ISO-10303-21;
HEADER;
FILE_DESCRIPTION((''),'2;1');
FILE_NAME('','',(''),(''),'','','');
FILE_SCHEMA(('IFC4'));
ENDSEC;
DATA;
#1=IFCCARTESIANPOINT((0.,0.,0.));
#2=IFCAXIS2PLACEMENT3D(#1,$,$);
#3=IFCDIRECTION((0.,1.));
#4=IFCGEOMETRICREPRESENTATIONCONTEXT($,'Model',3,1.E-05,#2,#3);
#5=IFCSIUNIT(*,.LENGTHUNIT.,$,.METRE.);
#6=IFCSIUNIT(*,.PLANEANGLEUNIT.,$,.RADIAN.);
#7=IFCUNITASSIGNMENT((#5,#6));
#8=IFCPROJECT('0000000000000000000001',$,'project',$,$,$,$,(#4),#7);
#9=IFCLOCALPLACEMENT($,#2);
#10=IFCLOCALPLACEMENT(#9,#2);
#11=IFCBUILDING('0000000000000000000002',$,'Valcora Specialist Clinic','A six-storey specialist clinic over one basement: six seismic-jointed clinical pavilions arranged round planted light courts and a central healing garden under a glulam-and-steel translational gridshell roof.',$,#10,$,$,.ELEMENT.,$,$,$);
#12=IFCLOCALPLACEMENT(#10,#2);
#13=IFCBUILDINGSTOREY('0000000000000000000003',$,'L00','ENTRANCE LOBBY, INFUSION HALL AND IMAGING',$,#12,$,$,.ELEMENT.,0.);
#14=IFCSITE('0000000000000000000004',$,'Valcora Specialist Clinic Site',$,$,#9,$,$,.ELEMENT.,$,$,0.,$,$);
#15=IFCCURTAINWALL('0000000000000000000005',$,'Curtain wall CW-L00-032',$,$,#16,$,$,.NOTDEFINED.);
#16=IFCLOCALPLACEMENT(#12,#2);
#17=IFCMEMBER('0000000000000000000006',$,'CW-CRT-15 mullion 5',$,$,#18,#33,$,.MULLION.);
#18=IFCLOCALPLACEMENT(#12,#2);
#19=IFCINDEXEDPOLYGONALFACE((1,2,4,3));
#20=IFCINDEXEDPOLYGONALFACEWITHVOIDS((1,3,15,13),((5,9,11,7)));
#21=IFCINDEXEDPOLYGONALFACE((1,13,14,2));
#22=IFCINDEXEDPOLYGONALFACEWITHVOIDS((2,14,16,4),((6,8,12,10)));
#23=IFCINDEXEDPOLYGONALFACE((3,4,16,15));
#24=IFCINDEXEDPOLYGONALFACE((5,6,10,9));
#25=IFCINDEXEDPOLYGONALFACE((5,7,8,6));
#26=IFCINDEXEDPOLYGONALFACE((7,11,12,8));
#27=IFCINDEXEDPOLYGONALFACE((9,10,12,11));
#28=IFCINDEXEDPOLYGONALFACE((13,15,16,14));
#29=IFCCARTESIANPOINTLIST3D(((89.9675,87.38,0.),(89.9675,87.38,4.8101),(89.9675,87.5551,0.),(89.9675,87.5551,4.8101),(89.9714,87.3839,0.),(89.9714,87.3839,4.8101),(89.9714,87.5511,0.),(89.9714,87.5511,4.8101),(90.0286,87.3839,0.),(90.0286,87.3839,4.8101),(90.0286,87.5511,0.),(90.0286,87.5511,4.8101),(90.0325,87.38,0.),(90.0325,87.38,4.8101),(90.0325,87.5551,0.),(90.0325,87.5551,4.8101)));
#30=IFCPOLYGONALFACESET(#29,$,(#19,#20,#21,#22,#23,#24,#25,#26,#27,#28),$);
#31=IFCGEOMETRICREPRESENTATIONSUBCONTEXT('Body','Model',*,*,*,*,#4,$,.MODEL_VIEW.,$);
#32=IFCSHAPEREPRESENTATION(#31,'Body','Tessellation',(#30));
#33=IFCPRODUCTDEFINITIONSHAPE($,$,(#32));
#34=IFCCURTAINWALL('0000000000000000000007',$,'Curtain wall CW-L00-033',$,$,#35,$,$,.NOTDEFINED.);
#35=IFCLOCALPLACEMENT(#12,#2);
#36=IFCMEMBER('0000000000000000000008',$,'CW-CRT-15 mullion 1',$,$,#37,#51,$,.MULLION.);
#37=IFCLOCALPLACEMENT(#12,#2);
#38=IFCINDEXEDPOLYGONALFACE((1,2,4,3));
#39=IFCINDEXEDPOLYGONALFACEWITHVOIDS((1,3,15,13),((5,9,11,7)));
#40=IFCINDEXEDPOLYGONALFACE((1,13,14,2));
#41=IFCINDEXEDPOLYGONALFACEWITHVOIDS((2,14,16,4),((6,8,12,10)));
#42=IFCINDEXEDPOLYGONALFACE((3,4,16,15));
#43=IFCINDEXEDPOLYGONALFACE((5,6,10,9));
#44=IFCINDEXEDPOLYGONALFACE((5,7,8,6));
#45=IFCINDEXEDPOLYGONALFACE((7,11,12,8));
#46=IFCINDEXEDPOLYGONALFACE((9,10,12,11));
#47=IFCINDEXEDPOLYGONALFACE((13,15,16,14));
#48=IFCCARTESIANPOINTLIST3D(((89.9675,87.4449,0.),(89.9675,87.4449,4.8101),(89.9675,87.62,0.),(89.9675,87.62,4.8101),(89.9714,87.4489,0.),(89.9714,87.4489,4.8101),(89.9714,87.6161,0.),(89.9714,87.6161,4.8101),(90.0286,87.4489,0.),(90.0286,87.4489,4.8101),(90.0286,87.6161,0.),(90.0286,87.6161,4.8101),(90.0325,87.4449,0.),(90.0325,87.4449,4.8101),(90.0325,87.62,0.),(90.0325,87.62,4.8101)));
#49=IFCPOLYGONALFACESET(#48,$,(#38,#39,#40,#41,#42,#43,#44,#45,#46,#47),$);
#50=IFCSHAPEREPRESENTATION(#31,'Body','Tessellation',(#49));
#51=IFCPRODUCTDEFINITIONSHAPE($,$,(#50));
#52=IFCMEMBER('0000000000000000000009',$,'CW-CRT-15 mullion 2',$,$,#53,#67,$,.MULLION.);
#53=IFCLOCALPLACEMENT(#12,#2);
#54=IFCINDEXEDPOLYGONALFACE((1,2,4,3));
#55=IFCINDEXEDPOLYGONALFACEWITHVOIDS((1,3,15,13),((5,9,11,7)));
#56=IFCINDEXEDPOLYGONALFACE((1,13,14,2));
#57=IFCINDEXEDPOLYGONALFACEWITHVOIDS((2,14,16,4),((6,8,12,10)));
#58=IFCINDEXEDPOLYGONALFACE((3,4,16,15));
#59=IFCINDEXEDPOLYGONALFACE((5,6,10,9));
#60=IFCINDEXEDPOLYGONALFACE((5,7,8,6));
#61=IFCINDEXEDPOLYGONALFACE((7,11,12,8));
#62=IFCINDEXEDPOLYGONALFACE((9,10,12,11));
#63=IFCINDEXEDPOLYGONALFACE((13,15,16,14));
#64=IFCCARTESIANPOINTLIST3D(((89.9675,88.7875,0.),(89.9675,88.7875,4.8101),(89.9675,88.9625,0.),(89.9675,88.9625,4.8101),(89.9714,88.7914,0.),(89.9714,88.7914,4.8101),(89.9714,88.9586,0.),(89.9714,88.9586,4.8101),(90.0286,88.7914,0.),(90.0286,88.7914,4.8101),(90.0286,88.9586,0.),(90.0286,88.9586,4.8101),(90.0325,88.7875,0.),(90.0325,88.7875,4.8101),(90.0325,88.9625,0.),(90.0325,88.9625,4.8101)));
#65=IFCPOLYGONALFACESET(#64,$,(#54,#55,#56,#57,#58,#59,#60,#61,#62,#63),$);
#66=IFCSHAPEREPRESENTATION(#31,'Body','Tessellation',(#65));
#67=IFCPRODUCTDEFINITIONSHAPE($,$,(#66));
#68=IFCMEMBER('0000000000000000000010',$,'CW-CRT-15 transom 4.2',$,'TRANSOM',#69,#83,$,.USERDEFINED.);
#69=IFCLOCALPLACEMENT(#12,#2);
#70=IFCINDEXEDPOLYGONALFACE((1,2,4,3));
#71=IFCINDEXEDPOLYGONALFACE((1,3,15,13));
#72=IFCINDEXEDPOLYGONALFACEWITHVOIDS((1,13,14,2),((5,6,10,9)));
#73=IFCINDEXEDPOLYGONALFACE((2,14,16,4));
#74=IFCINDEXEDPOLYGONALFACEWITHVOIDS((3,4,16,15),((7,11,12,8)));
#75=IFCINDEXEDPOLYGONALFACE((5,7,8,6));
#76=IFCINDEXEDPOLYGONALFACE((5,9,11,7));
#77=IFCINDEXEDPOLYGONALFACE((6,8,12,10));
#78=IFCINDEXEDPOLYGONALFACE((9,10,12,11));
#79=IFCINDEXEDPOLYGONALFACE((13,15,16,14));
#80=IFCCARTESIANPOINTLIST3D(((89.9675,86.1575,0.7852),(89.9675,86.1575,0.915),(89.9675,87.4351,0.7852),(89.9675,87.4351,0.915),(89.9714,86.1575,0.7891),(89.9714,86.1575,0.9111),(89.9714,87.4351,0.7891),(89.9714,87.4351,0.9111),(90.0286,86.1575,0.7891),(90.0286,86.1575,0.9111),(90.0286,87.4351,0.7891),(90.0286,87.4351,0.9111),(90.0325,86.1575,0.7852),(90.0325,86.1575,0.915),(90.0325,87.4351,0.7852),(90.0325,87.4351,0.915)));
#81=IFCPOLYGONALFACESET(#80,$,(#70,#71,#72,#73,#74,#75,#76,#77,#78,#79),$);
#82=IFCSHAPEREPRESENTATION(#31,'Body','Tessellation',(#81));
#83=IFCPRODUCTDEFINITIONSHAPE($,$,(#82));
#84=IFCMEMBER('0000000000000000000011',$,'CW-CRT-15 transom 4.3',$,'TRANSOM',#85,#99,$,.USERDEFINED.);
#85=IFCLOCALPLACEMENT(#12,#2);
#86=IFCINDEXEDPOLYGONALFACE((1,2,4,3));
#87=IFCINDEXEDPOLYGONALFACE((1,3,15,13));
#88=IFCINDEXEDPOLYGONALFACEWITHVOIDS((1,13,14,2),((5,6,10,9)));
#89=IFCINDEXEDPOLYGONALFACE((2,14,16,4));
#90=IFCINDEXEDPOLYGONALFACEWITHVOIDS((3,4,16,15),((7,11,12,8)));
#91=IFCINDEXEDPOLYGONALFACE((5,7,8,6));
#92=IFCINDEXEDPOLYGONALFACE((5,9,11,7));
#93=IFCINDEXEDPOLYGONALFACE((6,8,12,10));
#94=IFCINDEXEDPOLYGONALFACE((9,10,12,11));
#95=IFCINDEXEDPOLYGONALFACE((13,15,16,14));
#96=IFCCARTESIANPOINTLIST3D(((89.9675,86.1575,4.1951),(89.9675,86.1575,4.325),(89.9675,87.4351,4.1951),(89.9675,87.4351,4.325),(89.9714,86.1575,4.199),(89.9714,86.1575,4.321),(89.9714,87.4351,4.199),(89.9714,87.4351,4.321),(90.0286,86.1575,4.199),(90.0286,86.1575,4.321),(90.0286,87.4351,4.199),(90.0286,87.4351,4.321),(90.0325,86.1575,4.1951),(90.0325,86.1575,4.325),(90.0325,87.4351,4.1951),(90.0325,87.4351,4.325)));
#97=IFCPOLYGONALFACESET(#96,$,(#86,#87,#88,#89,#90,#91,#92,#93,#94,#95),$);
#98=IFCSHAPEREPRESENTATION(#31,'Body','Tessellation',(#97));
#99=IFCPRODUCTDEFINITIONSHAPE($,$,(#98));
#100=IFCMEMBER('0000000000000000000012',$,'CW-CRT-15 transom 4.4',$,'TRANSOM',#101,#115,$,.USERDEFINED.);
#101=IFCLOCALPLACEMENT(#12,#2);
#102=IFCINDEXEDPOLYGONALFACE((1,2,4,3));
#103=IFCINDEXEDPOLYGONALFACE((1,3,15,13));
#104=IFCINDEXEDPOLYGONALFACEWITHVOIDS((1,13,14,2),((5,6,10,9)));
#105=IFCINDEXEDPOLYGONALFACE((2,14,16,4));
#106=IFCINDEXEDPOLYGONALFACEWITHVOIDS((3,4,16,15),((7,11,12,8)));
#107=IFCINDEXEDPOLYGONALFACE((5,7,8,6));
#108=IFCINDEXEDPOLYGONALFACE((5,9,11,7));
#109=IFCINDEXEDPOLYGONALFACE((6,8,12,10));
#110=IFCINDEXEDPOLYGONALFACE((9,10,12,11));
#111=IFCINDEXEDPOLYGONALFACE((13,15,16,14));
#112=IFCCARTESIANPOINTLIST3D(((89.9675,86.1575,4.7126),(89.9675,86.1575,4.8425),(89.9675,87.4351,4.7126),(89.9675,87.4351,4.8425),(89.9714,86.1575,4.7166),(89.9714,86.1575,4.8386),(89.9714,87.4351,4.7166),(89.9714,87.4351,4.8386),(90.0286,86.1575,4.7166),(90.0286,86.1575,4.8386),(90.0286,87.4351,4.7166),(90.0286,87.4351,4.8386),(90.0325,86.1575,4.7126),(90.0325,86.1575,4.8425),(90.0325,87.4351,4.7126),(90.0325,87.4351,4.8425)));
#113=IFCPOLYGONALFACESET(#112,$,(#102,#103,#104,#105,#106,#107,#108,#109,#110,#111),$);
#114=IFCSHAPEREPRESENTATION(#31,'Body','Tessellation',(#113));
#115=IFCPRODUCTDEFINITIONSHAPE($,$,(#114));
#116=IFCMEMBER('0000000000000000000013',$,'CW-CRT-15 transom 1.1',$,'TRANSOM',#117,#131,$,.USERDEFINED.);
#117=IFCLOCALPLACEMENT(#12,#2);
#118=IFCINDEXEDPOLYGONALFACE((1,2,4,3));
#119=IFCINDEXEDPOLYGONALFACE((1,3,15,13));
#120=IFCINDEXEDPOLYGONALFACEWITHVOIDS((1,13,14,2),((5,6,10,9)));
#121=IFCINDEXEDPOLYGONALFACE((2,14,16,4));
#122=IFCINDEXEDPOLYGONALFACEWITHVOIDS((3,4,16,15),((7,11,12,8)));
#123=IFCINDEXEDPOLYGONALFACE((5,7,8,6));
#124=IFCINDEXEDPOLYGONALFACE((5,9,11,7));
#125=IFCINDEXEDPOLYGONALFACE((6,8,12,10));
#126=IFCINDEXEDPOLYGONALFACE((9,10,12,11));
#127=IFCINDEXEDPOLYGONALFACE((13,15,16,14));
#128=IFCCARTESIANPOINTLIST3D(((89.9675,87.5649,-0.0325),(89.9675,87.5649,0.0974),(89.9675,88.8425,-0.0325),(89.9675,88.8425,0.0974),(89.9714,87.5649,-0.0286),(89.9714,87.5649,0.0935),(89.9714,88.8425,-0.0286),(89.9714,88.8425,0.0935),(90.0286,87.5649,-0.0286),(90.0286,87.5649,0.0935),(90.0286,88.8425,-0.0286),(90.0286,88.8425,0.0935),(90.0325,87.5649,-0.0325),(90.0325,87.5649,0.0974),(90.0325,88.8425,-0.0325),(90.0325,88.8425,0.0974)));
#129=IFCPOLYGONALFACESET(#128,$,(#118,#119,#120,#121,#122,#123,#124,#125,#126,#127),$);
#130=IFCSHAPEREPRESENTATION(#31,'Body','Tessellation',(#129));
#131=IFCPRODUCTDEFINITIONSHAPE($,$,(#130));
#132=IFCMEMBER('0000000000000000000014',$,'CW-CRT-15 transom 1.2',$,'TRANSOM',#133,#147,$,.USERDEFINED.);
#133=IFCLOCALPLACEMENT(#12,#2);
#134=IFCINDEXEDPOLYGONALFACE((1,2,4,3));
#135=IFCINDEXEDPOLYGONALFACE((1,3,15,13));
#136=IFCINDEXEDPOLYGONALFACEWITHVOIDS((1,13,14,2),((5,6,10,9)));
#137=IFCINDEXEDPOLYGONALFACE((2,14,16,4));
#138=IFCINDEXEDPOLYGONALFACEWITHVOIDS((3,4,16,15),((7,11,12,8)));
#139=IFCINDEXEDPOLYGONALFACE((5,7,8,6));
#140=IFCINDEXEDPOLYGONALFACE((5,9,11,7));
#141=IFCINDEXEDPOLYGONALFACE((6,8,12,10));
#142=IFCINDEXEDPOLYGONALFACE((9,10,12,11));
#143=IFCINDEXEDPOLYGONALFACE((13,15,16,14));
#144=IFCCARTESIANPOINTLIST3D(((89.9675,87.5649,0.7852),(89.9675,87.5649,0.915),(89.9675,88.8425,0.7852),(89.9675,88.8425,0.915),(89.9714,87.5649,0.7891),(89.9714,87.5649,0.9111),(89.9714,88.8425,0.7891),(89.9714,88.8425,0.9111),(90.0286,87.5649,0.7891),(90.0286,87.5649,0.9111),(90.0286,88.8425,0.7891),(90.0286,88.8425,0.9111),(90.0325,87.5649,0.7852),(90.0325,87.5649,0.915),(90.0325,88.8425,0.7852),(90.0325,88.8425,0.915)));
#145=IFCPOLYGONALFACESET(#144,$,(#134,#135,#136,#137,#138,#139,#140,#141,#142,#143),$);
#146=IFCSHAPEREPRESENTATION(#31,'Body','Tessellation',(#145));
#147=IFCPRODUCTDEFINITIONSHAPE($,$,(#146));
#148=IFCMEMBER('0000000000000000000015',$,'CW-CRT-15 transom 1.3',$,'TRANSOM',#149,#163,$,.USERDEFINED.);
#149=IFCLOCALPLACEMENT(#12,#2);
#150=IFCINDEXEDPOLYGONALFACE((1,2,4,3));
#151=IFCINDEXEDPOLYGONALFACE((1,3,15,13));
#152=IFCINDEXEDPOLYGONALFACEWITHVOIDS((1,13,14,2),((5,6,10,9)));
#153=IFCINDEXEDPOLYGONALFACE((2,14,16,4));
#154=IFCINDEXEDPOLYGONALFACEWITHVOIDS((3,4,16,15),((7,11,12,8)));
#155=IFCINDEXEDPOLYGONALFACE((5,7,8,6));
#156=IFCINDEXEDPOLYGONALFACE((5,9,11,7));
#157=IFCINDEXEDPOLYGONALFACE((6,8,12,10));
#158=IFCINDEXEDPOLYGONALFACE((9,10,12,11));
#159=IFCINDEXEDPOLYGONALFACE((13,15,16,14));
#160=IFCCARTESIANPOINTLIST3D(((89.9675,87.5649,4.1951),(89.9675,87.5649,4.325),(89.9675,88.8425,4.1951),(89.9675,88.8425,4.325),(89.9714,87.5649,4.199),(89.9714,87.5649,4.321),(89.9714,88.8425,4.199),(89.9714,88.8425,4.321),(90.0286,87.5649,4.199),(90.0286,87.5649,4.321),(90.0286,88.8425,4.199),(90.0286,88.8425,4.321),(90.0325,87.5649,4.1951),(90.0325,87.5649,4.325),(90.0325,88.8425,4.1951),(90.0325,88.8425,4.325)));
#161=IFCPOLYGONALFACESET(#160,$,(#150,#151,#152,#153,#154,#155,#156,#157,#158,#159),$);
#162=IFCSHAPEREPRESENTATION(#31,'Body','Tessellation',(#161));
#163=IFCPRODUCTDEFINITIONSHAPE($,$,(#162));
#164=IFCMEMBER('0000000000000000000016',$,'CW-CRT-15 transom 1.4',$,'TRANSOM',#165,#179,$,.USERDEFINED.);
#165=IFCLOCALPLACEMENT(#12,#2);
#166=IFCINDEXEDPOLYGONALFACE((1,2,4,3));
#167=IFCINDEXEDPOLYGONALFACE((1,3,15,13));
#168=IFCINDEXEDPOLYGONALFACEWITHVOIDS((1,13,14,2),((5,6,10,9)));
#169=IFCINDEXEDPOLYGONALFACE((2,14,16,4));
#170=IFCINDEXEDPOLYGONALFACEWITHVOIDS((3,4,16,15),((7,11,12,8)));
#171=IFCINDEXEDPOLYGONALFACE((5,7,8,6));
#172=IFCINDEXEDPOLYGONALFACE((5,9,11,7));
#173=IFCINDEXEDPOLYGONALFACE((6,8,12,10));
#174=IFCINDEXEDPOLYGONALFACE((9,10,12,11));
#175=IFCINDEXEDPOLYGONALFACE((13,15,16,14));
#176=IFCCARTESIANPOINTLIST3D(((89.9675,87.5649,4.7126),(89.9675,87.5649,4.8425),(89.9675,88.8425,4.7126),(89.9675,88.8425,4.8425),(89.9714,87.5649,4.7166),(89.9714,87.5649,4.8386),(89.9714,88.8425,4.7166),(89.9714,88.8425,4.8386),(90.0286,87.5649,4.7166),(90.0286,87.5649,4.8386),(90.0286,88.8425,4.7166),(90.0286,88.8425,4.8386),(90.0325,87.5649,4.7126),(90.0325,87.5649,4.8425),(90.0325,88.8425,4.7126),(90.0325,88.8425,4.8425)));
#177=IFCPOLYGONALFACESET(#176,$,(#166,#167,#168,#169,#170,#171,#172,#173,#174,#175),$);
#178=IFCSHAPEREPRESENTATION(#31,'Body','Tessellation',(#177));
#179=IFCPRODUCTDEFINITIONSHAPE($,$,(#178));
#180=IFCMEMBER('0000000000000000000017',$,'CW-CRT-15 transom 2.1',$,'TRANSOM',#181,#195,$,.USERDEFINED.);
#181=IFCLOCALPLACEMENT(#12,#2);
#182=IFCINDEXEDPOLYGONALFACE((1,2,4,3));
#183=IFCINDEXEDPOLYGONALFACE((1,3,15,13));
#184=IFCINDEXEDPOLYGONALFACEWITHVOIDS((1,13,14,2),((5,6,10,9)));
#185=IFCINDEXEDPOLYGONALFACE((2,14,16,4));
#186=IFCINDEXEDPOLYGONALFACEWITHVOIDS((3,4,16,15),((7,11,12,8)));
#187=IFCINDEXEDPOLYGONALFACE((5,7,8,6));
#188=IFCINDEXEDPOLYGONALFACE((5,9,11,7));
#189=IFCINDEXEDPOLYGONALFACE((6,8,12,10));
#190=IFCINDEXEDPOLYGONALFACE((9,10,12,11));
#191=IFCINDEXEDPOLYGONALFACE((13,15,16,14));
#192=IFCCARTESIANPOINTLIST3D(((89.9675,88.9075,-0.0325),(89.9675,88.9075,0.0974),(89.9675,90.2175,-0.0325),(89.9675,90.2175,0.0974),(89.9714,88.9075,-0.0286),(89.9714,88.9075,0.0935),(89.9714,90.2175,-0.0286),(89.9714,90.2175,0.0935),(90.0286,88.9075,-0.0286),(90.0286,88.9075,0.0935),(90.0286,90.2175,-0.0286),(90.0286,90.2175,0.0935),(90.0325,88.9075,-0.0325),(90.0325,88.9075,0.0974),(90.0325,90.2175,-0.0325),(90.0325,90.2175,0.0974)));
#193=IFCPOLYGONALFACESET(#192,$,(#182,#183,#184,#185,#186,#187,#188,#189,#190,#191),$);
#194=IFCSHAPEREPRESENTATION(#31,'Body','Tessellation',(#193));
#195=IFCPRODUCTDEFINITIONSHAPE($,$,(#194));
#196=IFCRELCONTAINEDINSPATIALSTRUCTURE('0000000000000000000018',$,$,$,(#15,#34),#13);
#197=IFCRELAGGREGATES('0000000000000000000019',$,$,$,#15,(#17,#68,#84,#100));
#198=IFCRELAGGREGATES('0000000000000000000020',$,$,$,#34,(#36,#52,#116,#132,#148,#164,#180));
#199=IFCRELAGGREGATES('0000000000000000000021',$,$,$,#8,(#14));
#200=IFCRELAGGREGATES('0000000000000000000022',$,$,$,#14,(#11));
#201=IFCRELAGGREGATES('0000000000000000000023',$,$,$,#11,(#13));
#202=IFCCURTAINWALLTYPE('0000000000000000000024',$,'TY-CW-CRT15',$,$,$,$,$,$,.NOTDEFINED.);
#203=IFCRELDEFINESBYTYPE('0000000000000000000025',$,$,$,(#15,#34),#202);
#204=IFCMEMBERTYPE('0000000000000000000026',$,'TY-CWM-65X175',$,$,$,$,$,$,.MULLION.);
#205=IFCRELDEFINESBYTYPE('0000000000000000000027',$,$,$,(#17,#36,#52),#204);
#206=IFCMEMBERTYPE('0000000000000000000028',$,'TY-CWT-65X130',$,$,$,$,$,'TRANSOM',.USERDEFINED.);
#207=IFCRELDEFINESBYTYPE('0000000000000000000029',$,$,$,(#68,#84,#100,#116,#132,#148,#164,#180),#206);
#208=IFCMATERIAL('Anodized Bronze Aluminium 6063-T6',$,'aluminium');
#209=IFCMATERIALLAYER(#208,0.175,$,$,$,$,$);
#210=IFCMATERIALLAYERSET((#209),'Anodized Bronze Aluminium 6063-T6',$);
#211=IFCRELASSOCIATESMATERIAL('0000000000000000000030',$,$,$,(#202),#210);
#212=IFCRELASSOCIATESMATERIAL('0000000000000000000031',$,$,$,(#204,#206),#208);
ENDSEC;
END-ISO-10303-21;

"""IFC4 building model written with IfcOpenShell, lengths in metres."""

from ifc_helpers import new_model, si_unit, direction, frame, origin, origin_2d, place, context, subcontext, project, spatial, hollow_rectangle, extrude, material, layer, layer_set, material_profile, profile_set, type_object, element, aggregate, save


model = new_model("IFC4")

# Units and contexts
model_context = context("Model", 3, precision=1e-05, world=origin(), true_north=direction((0.0, 1.0)))
body_context = subcontext(model_context, "Body", "Model", "MODEL_VIEW")
ifc_project = project(units=[si_unit("LENGTHUNIT", "METRE"), si_unit("PLANEANGLEUNIT", "RADIAN")], contexts=[model_context])

# Site, building, storey
site_placement = place(None, origin())
site = spatial("IfcSite", under=ifc_project, at=site_placement, Name="Valcora Specialist Clinic Site", CompositionType="ELEMENT", RefElevation=0.0)
building_placement = place(site_placement, origin())
building = spatial("IfcBuilding", under=site, at=building_placement, Name="Valcora Specialist Clinic", Description="A six-storey specialist clinic over one basement: six seismic-jointed clinical pavilions arranged round planted light courts and a central healing garden under a glulam-and-steel translational gridshell roof.", CompositionType="ELEMENT")
storey_placement = place(building_placement, origin())
storey = spatial("IfcBuildingStorey", under=building, at=storey_placement, Name="L00", Description="ENTRANCE LOBBY, INFUSION HALL AND IMAGING", CompositionType="ELEMENT", Elevation=0.0)

# Curtain wall, member
ifc_material_1 = material(Name="Anodized Bronze Aluminium 6063-T6", Category="aluminium")
ifc_layer_1 = layer(ifc_material_1, 0.175)
ifc_layer_set_1 = layer_set([ifc_layer_1], Name="Anodized Bronze Aluminium 6063-T6")
curtain_wall_type = type_object("IfcCurtainWallType", Name="TY-CW-CRT15", PredefinedType="NOTDEFINED", material=ifc_layer_set_1)
curtain_wall_1_placement = place(storey_placement, origin())
curtain_wall_1 = element("IfcCurtainWall", 1, at=curtain_wall_1_placement, inside=storey, type_object=curtain_wall_type, Name="Curtain wall CW-L00-032", PredefinedType="NOTDEFINED")
ifc_material_profile_1 = material_profile(ifc_material_1, hollow_rectangle(XDim=0.0649, YDim=0.175, WallThickness=0.0039, at=origin_2d()), Name="AL-MUL-65X175")
ifc_profile_set_1 = profile_set([ifc_material_profile_1], Name="Anodized Bronze Aluminium 6063-T6")
member_type_1 = type_object("IfcMemberType", Name="TY-CWM-65X175", PredefinedType="MULLION", material=ifc_profile_set_1)
member_1_placement = place(storey_placement, frame((90.0, 87.4675, 0.0), z_axis=(0.0, 0.0, 1.0), x_axis=(-1.0, 0.0, 0.0)))
member_1 = element("IfcMember", 2, at=member_1_placement, type_object=member_type_1, Name="CW-CRT-15 mullion 5", PredefinedType="MULLION", context=body_context, shape_type="SweptSolid", body=[
    extrude(hollow_rectangle(XDim=0.0649, YDim=0.175, WallThickness=0.0039, at=origin_2d()), origin(), (0.0, 0.0, 1.0), 4.8101),
])

# Curtain wall, members
curtain_wall_2_placement = place(storey_placement, origin())
curtain_wall_2 = element("IfcCurtainWall", 3, at=curtain_wall_2_placement, inside=storey, type_object=curtain_wall_type, Name="Curtain wall CW-L00-033", PredefinedType="NOTDEFINED")
member_2_placement = place(storey_placement, frame((90.0, 87.5325, 0.0), z_axis=(0.0, 0.0, 1.0), x_axis=(-1.0, 0.0, 0.0)))
member_2 = element("IfcMember", 4, at=member_2_placement, type_object=member_type_1, Name="CW-CRT-15 mullion 1", PredefinedType="MULLION", context=body_context, shape_type="SweptSolid", body=[
    extrude(hollow_rectangle(XDim=0.0649, YDim=0.175, WallThickness=0.0039, at=origin_2d()), origin(), (0.0, 0.0, 1.0), 4.8101),
])
member_3_placement = place(storey_placement, frame((90.0, 88.875, 0.0), z_axis=(0.0, 0.0, 1.0), x_axis=(-1.0, 0.0, 0.0)))
member_3 = element("IfcMember", 5, at=member_3_placement, type_object=member_type_1, Name="CW-CRT-15 mullion 2", PredefinedType="MULLION", context=body_context, shape_type="SweptSolid", body=[
    extrude(hollow_rectangle(XDim=0.0649, YDim=0.175, WallThickness=0.0039, at=origin_2d()), origin(), (0.0, 0.0, 1.0), 4.8101),
])

# Members
ifc_material_profile_2 = material_profile(ifc_material_1, hollow_rectangle(XDim=0.0649, YDim=0.1299, WallThickness=0.0039, at=origin_2d()), Name="AL-TRN-65X130")
ifc_profile_set_2 = profile_set([ifc_material_profile_2], Name="Anodized Bronze Aluminium 6063-T6")
member_type_2 = type_object("IfcMemberType", Name="TY-CWT-65X130", ElementType="TRANSOM", PredefinedType="USERDEFINED", material=ifc_profile_set_2)
member_4_placement = place(storey_placement, frame((90.0, 86.1575, 0.8501), z_axis=(0.0, 1.0, 0.0), x_axis=(-1.0, 0.0, 0.0)))
member_4 = element("IfcMember", 6, at=member_4_placement, type_object=member_type_2, Name="CW-CRT-15 transom 4.2", ObjectType="TRANSOM", PredefinedType="USERDEFINED", context=body_context, shape_type="SweptSolid", body=[
    extrude(hollow_rectangle(XDim=0.0649, YDim=0.1299, WallThickness=0.0039, at=origin_2d()), origin(), (0.0, 0.0, 1.0), 1.2776),
])
member_5_placement = place(storey_placement, frame((90.0, 86.1575, 4.26), z_axis=(0.0, 1.0, 0.0), x_axis=(-1.0, 0.0, 0.0)))
member_5 = element("IfcMember", 7, at=member_5_placement, type_object=member_type_2, Name="CW-CRT-15 transom 4.3", ObjectType="TRANSOM", PredefinedType="USERDEFINED", context=body_context, shape_type="SweptSolid", body=[
    extrude(hollow_rectangle(XDim=0.0649, YDim=0.1299, WallThickness=0.0039, at=origin_2d()), origin(), (0.0, 0.0, 1.0), 1.2776),
])
member_6_placement = place(storey_placement, frame((90.0, 86.1575, 4.7776), z_axis=(0.0, 1.0, 0.0), x_axis=(-1.0, 0.0, 0.0)))
member_6 = element("IfcMember", 8, at=member_6_placement, type_object=member_type_2, Name="CW-CRT-15 transom 4.4", ObjectType="TRANSOM", PredefinedType="USERDEFINED", context=body_context, shape_type="SweptSolid", body=[
    extrude(hollow_rectangle(XDim=0.0649, YDim=0.1299, WallThickness=0.0039, at=origin_2d()), origin(), (0.0, 0.0, 1.0), 1.2776),
])
member_7_placement = place(storey_placement, frame((90.0, 87.5649, 0.0325), z_axis=(0.0, 1.0, 0.0), x_axis=(-1.0, 0.0, 0.0)))
member_7 = element("IfcMember", 9, at=member_7_placement, type_object=member_type_2, Name="CW-CRT-15 transom 1.1", ObjectType="TRANSOM", PredefinedType="USERDEFINED", context=body_context, shape_type="SweptSolid", body=[
    extrude(hollow_rectangle(XDim=0.0649, YDim=0.1299, WallThickness=0.0039, at=origin_2d()), origin(), (0.0, 0.0, 1.0), 1.2776),
])
member_8_placement = place(storey_placement, frame((90.0, 87.5649, 0.8501), z_axis=(0.0, 1.0, 0.0), x_axis=(-1.0, 0.0, 0.0)))
member_8 = element("IfcMember", 10, at=member_8_placement, type_object=member_type_2, Name="CW-CRT-15 transom 1.2", ObjectType="TRANSOM", PredefinedType="USERDEFINED", context=body_context, shape_type="SweptSolid", body=[
    extrude(hollow_rectangle(XDim=0.0649, YDim=0.1299, WallThickness=0.0039, at=origin_2d()), origin(), (0.0, 0.0, 1.0), 1.2776),
])
member_9_placement = place(storey_placement, frame((90.0, 87.5649, 4.26), z_axis=(0.0, 1.0, 0.0), x_axis=(-1.0, 0.0, 0.0)))
member_9 = element("IfcMember", 11, at=member_9_placement, type_object=member_type_2, Name="CW-CRT-15 transom 1.3", ObjectType="TRANSOM", PredefinedType="USERDEFINED", context=body_context, shape_type="SweptSolid", body=[
    extrude(hollow_rectangle(XDim=0.0649, YDim=0.1299, WallThickness=0.0039, at=origin_2d()), origin(), (0.0, 0.0, 1.0), 1.2776),
])
member_10_placement = place(storey_placement, frame((90.0, 87.5649, 4.7776), z_axis=(0.0, 1.0, 0.0), x_axis=(-1.0, 0.0, 0.0)))
member_10 = element("IfcMember", 12, at=member_10_placement, type_object=member_type_2, Name="CW-CRT-15 transom 1.4", ObjectType="TRANSOM", PredefinedType="USERDEFINED", context=body_context, shape_type="SweptSolid", body=[
    extrude(hollow_rectangle(XDim=0.0649, YDim=0.1299, WallThickness=0.0039, at=origin_2d()), origin(), (0.0, 0.0, 1.0), 1.2776),
])
member_11_placement = place(storey_placement, frame((90.0, 88.9075, 0.0325), z_axis=(0.0, 1.0, 0.0), x_axis=(-1.0, 0.0, 0.0)))
member_11 = element("IfcMember", 13, at=member_11_placement, type_object=member_type_2, Name="CW-CRT-15 transom 2.1", ObjectType="TRANSOM", PredefinedType="USERDEFINED", context=body_context, shape_type="SweptSolid", body=[
    extrude(hollow_rectangle(XDim=0.0649, YDim=0.1299, WallThickness=0.0039, at=origin_2d()), origin(), (0.0, 0.0, 1.0), 1.3101),
])

aggregate(curtain_wall_1, [member_1, member_4, member_5, member_6])
aggregate(curtain_wall_2, [member_2, member_3, member_7, member_8, member_9, member_10, member_11])

save(model, "model.ifc")
